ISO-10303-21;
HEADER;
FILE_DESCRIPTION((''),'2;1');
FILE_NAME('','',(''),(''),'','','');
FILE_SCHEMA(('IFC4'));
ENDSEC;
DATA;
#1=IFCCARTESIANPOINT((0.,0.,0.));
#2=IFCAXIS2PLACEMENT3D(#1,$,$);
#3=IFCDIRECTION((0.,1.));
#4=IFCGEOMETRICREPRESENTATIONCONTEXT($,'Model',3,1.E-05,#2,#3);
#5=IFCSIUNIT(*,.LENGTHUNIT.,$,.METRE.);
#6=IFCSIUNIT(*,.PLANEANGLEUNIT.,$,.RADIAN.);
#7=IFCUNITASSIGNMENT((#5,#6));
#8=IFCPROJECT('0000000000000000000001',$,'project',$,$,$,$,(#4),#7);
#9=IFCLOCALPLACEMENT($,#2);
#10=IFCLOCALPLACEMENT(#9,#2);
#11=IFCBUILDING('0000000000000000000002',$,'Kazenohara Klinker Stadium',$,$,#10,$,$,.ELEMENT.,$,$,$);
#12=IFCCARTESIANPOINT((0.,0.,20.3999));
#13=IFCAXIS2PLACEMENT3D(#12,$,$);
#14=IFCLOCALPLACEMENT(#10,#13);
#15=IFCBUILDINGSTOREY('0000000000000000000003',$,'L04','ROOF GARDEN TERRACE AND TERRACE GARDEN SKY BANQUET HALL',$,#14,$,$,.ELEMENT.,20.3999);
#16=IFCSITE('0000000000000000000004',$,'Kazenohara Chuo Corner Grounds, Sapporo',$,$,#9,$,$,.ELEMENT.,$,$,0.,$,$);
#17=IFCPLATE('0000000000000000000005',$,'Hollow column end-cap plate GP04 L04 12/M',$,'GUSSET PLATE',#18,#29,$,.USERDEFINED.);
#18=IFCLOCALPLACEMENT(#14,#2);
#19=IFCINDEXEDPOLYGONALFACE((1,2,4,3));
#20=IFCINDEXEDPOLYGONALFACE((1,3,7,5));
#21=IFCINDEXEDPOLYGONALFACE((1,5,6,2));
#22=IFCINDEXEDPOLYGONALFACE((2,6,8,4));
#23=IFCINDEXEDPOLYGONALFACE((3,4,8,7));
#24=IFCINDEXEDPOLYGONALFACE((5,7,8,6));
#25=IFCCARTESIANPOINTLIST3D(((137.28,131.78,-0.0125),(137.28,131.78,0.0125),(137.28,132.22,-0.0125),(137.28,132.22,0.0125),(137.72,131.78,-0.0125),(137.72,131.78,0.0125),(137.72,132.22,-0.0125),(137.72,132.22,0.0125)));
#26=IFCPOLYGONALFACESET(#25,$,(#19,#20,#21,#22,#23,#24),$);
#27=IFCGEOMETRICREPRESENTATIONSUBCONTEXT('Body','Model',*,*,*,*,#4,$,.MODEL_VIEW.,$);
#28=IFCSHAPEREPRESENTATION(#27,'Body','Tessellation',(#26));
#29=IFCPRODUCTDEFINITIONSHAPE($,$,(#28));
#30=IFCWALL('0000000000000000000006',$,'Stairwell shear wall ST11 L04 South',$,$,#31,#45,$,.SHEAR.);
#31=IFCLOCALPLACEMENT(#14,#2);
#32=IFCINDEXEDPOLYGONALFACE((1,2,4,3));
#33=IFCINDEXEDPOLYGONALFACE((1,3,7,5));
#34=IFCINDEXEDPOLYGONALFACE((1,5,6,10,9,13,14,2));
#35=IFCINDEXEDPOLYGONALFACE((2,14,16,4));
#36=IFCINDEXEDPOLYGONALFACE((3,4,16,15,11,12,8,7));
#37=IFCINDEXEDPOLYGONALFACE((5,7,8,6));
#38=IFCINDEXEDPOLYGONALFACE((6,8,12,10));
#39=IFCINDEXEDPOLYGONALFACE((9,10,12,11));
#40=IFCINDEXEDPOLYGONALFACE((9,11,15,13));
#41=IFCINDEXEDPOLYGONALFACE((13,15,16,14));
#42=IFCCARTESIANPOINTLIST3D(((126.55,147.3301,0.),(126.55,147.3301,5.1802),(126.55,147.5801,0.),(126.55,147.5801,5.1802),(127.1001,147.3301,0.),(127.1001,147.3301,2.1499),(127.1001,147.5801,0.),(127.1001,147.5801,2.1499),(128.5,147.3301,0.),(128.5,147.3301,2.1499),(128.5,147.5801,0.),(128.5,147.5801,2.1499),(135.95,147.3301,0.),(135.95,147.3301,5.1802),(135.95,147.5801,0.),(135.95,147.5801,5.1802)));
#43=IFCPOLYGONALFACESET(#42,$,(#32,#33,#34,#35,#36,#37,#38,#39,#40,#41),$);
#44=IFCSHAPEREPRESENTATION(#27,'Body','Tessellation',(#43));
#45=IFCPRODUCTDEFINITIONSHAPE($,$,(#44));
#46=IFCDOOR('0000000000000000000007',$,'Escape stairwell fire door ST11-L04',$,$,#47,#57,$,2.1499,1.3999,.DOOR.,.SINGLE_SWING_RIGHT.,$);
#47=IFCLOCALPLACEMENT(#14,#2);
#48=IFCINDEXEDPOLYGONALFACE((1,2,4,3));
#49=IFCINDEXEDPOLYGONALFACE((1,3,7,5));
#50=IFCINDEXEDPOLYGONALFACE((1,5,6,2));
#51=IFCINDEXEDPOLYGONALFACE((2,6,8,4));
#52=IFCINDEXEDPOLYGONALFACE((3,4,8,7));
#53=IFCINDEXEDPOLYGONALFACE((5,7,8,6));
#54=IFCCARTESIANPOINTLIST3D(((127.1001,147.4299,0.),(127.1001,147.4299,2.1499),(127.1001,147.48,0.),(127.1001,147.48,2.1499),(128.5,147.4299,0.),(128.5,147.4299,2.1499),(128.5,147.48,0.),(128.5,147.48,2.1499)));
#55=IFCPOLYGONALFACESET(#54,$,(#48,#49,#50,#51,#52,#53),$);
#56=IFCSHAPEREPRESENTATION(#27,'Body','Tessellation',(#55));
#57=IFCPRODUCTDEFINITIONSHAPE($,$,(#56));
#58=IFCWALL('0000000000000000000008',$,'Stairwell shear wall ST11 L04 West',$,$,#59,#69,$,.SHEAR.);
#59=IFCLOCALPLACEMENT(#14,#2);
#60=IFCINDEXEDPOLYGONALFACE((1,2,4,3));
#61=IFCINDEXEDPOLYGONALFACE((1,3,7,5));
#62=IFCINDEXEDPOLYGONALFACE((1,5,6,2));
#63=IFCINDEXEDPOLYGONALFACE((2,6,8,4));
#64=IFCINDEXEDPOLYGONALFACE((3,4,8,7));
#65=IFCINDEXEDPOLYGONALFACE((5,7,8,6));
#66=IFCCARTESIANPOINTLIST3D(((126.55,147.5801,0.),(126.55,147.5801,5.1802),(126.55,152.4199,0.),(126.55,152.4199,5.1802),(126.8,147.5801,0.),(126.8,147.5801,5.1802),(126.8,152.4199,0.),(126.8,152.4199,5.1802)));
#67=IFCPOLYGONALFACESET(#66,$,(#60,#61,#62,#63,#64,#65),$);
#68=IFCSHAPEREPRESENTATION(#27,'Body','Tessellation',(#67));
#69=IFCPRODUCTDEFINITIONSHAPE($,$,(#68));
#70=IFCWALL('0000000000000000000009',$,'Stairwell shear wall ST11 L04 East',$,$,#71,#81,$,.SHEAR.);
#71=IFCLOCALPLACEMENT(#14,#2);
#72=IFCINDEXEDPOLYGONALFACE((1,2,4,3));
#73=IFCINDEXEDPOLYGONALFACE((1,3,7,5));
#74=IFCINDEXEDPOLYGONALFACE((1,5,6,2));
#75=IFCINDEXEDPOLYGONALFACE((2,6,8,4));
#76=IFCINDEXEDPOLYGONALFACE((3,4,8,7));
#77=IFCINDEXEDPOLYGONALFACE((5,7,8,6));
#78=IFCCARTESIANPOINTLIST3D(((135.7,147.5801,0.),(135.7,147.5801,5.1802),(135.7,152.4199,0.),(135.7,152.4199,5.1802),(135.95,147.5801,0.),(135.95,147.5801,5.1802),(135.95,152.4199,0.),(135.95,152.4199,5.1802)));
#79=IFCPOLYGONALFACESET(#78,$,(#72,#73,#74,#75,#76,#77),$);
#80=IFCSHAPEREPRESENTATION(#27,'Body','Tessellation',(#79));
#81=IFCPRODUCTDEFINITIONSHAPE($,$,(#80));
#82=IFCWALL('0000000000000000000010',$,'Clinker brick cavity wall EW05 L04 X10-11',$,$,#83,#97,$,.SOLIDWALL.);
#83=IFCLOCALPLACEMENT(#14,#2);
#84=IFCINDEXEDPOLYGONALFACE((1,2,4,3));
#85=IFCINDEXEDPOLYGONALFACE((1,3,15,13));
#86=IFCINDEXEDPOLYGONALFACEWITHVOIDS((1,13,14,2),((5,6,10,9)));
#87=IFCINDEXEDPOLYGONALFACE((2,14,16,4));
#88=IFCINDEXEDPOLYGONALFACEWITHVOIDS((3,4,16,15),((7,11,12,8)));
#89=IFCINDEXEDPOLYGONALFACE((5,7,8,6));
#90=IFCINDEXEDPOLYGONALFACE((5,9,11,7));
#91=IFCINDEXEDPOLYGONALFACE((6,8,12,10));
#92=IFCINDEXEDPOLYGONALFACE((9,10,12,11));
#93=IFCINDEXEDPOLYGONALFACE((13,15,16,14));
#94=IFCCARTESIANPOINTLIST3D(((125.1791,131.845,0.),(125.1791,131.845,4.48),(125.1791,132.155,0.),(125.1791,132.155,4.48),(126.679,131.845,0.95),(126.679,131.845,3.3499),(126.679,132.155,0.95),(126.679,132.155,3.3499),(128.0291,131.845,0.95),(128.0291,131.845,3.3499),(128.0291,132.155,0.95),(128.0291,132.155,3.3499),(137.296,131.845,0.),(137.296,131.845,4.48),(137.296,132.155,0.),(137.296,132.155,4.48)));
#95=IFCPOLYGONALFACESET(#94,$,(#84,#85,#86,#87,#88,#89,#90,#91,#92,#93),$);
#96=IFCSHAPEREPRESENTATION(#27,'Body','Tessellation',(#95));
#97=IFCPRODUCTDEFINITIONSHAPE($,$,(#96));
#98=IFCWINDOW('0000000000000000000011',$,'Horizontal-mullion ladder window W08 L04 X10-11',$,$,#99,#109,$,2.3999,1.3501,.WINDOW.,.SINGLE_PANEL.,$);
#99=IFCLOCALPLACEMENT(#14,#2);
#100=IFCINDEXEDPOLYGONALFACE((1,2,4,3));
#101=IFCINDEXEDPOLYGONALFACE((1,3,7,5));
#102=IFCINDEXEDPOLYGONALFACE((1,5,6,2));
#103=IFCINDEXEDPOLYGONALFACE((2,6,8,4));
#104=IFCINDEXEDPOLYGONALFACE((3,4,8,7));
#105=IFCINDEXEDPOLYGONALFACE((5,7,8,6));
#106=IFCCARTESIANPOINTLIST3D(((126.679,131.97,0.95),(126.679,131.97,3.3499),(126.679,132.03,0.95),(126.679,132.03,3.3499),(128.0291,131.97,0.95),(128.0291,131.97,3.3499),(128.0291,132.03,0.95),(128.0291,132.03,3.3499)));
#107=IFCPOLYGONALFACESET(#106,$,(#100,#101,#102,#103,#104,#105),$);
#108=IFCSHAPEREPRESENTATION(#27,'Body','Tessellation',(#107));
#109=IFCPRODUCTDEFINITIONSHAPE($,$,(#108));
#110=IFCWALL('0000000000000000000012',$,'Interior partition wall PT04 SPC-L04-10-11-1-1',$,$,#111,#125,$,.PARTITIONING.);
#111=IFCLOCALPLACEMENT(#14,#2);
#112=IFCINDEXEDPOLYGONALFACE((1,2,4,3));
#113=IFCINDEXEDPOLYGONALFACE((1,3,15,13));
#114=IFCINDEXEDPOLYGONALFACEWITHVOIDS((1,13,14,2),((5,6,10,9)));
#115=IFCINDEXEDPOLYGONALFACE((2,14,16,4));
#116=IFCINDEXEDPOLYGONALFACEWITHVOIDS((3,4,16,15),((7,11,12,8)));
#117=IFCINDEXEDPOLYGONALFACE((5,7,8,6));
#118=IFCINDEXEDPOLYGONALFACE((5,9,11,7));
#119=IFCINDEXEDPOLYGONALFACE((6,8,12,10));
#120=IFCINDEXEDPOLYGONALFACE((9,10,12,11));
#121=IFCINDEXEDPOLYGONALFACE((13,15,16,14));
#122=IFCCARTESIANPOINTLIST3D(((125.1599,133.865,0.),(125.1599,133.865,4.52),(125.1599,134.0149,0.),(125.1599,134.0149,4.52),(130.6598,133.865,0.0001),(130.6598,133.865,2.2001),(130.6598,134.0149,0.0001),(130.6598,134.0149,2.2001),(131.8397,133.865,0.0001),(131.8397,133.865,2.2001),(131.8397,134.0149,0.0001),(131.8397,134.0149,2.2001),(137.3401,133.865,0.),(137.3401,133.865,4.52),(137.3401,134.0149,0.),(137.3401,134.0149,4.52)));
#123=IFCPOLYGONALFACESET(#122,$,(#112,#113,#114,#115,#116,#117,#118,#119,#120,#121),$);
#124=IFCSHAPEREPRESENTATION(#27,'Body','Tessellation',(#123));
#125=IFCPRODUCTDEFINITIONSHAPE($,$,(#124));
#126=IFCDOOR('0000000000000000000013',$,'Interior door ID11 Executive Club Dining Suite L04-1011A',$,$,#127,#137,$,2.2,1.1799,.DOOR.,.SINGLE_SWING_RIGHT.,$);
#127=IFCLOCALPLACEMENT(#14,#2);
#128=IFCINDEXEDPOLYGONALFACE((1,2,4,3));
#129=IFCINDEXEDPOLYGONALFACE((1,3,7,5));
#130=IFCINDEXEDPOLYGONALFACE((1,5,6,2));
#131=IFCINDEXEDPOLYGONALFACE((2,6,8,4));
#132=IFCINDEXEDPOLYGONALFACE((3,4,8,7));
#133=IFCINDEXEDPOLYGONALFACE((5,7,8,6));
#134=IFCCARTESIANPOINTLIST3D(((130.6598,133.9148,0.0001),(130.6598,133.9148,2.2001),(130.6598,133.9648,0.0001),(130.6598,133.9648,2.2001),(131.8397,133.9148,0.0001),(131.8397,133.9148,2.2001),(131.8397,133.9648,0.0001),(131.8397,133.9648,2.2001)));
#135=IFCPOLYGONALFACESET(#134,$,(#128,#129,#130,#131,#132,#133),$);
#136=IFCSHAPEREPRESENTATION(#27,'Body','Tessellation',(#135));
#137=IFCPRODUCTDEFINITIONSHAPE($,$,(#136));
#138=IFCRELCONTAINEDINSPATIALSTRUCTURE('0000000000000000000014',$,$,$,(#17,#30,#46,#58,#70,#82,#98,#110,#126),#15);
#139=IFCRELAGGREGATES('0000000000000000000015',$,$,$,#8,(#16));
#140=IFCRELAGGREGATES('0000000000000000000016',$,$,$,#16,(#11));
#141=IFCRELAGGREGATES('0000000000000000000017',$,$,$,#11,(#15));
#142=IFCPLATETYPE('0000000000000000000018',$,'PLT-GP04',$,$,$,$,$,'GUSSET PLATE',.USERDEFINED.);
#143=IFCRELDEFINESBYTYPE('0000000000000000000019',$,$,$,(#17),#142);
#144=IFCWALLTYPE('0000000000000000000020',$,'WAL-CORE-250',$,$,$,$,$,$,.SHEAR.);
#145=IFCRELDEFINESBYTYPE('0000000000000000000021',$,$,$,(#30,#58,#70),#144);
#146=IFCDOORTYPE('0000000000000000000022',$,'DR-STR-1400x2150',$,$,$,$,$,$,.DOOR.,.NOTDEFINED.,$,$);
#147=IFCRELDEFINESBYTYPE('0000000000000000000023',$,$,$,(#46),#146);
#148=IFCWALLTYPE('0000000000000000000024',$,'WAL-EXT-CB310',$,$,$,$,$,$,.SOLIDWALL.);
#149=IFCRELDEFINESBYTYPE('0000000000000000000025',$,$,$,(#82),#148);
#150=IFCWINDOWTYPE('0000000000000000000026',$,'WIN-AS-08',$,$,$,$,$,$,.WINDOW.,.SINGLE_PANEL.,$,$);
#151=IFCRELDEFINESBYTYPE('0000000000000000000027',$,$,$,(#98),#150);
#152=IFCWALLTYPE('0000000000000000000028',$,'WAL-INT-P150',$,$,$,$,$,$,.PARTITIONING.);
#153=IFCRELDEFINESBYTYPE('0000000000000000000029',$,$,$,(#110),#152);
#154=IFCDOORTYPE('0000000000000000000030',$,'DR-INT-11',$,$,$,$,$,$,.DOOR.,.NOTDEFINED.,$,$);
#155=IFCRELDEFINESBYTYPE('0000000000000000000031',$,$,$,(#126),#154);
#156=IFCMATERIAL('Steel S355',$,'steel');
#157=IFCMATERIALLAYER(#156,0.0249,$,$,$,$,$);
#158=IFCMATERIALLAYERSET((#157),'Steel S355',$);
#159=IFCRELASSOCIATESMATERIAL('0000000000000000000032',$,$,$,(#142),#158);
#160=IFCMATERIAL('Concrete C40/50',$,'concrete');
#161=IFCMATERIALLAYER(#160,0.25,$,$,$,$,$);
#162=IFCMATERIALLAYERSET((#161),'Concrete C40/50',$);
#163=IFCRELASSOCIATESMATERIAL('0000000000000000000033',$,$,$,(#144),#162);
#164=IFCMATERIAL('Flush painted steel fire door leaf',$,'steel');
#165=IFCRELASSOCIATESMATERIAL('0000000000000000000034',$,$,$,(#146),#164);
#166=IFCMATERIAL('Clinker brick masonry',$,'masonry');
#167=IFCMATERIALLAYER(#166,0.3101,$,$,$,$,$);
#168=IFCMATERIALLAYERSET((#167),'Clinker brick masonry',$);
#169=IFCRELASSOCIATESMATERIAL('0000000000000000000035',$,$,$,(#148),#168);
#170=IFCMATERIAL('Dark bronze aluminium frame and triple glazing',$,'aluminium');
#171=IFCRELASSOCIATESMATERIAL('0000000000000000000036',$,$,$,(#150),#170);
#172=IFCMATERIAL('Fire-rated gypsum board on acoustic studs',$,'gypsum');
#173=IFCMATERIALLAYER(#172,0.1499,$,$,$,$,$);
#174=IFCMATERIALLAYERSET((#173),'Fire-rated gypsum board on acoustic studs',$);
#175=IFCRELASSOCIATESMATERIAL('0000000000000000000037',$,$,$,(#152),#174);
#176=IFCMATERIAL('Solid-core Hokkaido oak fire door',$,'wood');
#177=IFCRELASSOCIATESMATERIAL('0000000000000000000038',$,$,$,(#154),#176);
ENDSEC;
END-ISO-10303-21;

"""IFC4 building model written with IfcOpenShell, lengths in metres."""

from ifc_helpers import new_model, si_unit, direction, frame, frame_2d, origin, origin_2d, place, context, subcontext, project, spatial, rectangle, extrude, material, layer, layer_set, type_object, element, fill, save


model = new_model("IFC4")

# Units and contexts
model_context = context("Model", 3, precision=1e-05, world=origin(), true_north=direction((0.0, 1.0)))
body_context = subcontext(model_context, "Body", "Model", "MODEL_VIEW")
ifc_project = project(units=[si_unit("LENGTHUNIT", "METRE"), si_unit("PLANEANGLEUNIT", "RADIAN")], contexts=[model_context])

# Site, building, storey
site_placement = place(None, origin())
site = spatial("IfcSite", under=ifc_project, at=site_placement, Name="Kazenohara Chuo Corner Grounds, Sapporo", CompositionType="ELEMENT", RefElevation=0.0)
building_placement = place(site_placement, origin())
building = spatial("IfcBuilding", under=site, at=building_placement, Name="Kazenohara Klinker Stadium", CompositionType="ELEMENT")
storey_placement = place(building_placement, frame((0.0, 0.0, 20.3999)))
storey = spatial("IfcBuildingStorey", under=building, at=storey_placement, Name="L04", Description="ROOF GARDEN TERRACE AND TERRACE GARDEN SKY BANQUET HALL", CompositionType="ELEMENT", Elevation=20.3999)

# Shared definitions
ifc_material_1 = material(Name="Steel S355", Category="steel")

# Shared definitions
ifc_material_2 = material(Name="Concrete C40/50", Category="concrete")

# Plate
ifc_layer_1 = layer(ifc_material_1, 0.0249)
ifc_layer_set_1 = layer_set([ifc_layer_1], Name="Steel S355")
plate_type_1 = type_object("IfcPlateType", Name="PLT-GP04", ElementType="GUSSET PLATE", PredefinedType="USERDEFINED", material=ifc_layer_set_1)
plate_1_placement = place(storey_placement, frame((137.5, 132.0, -0.0125), z_axis=(0.0, 0.0, 1.0), x_axis=(1.0, 0.0, 0.0)))
element("IfcPlate", 1, at=plate_1_placement, inside=storey, type_object=plate_type_1, Name="Hollow column end-cap plate GP04 L04 12/M", ObjectType="GUSSET PLATE", PredefinedType="USERDEFINED", context=body_context, shape_type="SweptSolid", body=[
    extrude(rectangle(XDim=0.4399, YDim=0.4399, at=origin_2d()), origin(), (0.0, 0.0, 1.0), 0.0249),
])

# Wall, opening, door
ifc_layer_2 = layer(ifc_material_2, 0.25)
ifc_layer_set_2 = layer_set([ifc_layer_2], Name="Concrete C40/50")
wall_type_1 = type_object("IfcWallType", Name="WAL-CORE-250", PredefinedType="SHEAR", material=ifc_layer_set_2)
wall_1_placement = place(storey_placement, frame((126.55, 147.4551, 0.0), z_axis=(0.0, 0.0, 1.0), x_axis=(1.0, 0.0, 0.0)))
wall_1 = element("IfcWall", 2, at=wall_1_placement, inside=storey, type_object=wall_type_1, Name="Stairwell shear wall ST11 L04 South", PredefinedType="SHEAR", context=body_context, shape_type="SweptSolid", body=[
    extrude(rectangle(XDim=9.3999, YDim=0.25, at=frame_2d((4.7, 0.0))), origin(), (0.0, 0.0, 1.0), 5.1802),
])
opening_1_placement = place(wall_1_placement, frame((0.55, 0.0, 0.0)))
opening_1 = element("IfcOpeningElement", 3, at=opening_1_placement, cuts=wall_1, PredefinedType="OPENING", context=body_context, shape_type="SweptSolid", body=[
    extrude(rectangle(XDim=1.3999, YDim=2.1499, at=frame_2d((0.7, 1.075))), frame((0.0, 0.135, 0.0), z_axis=(0.0, -1.0, 0.0), x_axis=(1.0, 0.0, 0.0)), (0.0, 0.0, 1.0), 0.27),
])
ifc_material_3 = material(Name="Flush painted steel fire door leaf", Category="steel")
door_type_1 = type_object("IfcDoorType", Name="DR-STR-1400x2150", OperationType="NOTDEFINED", PredefinedType="DOOR", material=ifc_material_3)
door_1_placement = place(opening_1_placement, origin())
door_1 = element("IfcDoor", 4, at=door_1_placement, inside=storey, type_object=door_type_1, Name="Escape stairwell fire door ST11-L04", OperationType="SINGLE_SWING_RIGHT", OverallHeight=2.1499, OverallWidth=1.3999, PredefinedType="DOOR", context=body_context, shape_type="SweptSolid", body=[
    extrude(rectangle(XDim=1.3999, YDim=2.1499, at=frame_2d((0.7, 1.075))), frame((0.0, 0.0249, 0.0), z_axis=(0.0, -1.0, 0.0), x_axis=(1.0, 0.0, 0.0)), (0.0, 0.0, 1.0), 0.05),
])
fill(opening_1, door_1)

# Walls
for number, where, z_axis, x_axis, name in (
    (5, (126.675, 147.5801, 0.0), (0.0, 0.0, 1.0), (0.0, 1.0, 0.0), "Stairwell shear wall ST11 L04 West"),
    (6, (135.825, 147.5801, 0.0), (0.0, 0.0, 1.0), (0.0, 1.0, 0.0), "Stairwell shear wall ST11 L04 East"),
):
    element("IfcWall", number, at=place(storey_placement, frame(where, z_axis=z_axis, x_axis=x_axis)), inside=storey, type_object=wall_type_1, Name=name, PredefinedType="SHEAR", context=body_context, shape_type="SweptSolid", body=[
        extrude(rectangle(XDim=4.8398, YDim=0.25, at=frame_2d((2.4199, 0.0))), origin(), (0.0, 0.0, 1.0), 5.1802),
    ])

# Wall, opening, window
ifc_material_4 = material(Name="Clinker brick masonry", Category="masonry")
ifc_layer_3 = layer(ifc_material_4, 0.3101)
ifc_layer_set_3 = layer_set([ifc_layer_3], Name="Clinker brick masonry")
wall_type_2 = type_object("IfcWallType", Name="WAL-EXT-CB310", PredefinedType="SOLIDWALL", material=ifc_layer_set_3)
wall_2_placement = place(storey_placement, frame((125.179, 132.0, 0.0), z_axis=(0.0, 0.0, 1.0), x_axis=(1.0, 0.0, 0.0)))
wall_2 = element("IfcWall", 7, at=wall_2_placement, inside=storey, type_object=wall_type_2, Name="Clinker brick cavity wall EW05 L04 X10-11", PredefinedType="SOLIDWALL", context=body_context, shape_type="SweptSolid", body=[
    extrude(rectangle(XDim=12.1169, YDim=0.3101, at=frame_2d((6.0586, 0.0))), origin(), (0.0, 0.0, 1.0), 4.48),
])
opening_2_placement = place(wall_2_placement, frame((1.5, 0.0, 0.95)))
opening_2 = element("IfcOpeningElement", 8, at=opening_2_placement, cuts=wall_2, PredefinedType="OPENING", context=body_context, shape_type="SweptSolid", body=[
    extrude(rectangle(XDim=1.3501, YDim=2.3999, at=frame_2d((0.675, 1.2))), frame((0.0, 0.165, 0.0), z_axis=(0.0, -1.0, 0.0), x_axis=(1.0, 0.0, 0.0)), (0.0, 0.0, 1.0), 0.3301),
])
ifc_material_5 = material(Name="Dark bronze aluminium frame and triple glazing", Category="aluminium")
window_type = type_object("IfcWindowType", Name="WIN-AS-08", PartitioningType="SINGLE_PANEL", PredefinedType="WINDOW", material=ifc_material_5)
window_placement = place(opening_2_placement, origin())
window = element("IfcWindow", 9, at=window_placement, inside=storey, type_object=window_type, Name="Horizontal-mullion ladder window W08 L04 X10-11", OverallHeight=2.3999, OverallWidth=1.3501, PartitioningType="SINGLE_PANEL", PredefinedType="WINDOW", context=body_context, shape_type="SweptSolid", body=[
    extrude(rectangle(XDim=1.3501, YDim=2.3999, at=frame_2d((0.675, 1.2))), frame((0.0, 0.03, 0.0), z_axis=(0.0, -1.0, 0.0), x_axis=(1.0, 0.0, 0.0)), (0.0, 0.0, 1.0), 0.0601),
])
fill(opening_2, window)

# Wall, opening, door
ifc_material_6 = material(Name="Fire-rated gypsum board on acoustic studs", Category="gypsum")
ifc_layer_4 = layer(ifc_material_6, 0.1499)
ifc_layer_set_4 = layer_set([ifc_layer_4], Name="Fire-rated gypsum board on acoustic studs")
wall_type_3 = type_object("IfcWallType", Name="WAL-INT-P150", PredefinedType="PARTITIONING", material=ifc_layer_set_4)
wall_3_placement = place(storey_placement, frame((125.1599, 133.9399, 0.0), z_axis=(0.0, 0.0, 1.0), x_axis=(1.0, 0.0, 0.0)))
wall_3 = element("IfcWall", 10, at=wall_3_placement, inside=storey, type_object=wall_type_3, Name="Interior partition wall PT04 SPC-L04-10-11-1-1", PredefinedType="PARTITIONING", context=body_context, shape_type="SweptSolid", body=[
    extrude(rectangle(XDim=12.1802, YDim=0.1499, at=frame_2d((6.0901, 0.0))), origin(), (0.0, 0.0, 1.0), 4.52),
])
opening_3_placement = place(wall_3_placement, frame((5.5, 0.0, 0.0)))
opening_3 = element("IfcOpeningElement", 11, at=opening_3_placement, cuts=wall_3, PredefinedType="OPENING", context=body_context, shape_type="SweptSolid", body=[
    extrude(rectangle(XDim=1.1799, YDim=2.2, at=frame_2d((0.5898, 1.1001))), frame((0.0, 0.085, 0.0), z_axis=(0.0, -1.0, 0.0), x_axis=(1.0, 0.0, 0.0)), (0.0, 0.0, 1.0), 0.1699),
])
ifc_material_7 = material(Name="Solid-core Hokkaido oak fire door", Category="wood")
door_type_2 = type_object("IfcDoorType", Name="DR-INT-11", OperationType="NOTDEFINED", PredefinedType="DOOR", material=ifc_material_7)
door_2_placement = place(opening_3_placement, origin())
door_2 = element("IfcDoor", 12, at=door_2_placement, inside=storey, type_object=door_type_2, Name="Interior door ID11 Executive Club Dining Suite L04-1011A", OperationType="SINGLE_SWING_RIGHT", OverallHeight=2.2, OverallWidth=1.1799, PredefinedType="DOOR", context=body_context, shape_type="SweptSolid", body=[
    extrude(rectangle(XDim=1.1799, YDim=2.2, at=frame_2d((0.5898, 1.1001))), frame((0.0, 0.0249, 0.0), z_axis=(0.0, -1.0, 0.0), x_axis=(1.0, 0.0, 0.0)), (0.0, 0.0, 1.0), 0.05),
])
fill(opening_3, door_2)

save(model, "model.ifc")
